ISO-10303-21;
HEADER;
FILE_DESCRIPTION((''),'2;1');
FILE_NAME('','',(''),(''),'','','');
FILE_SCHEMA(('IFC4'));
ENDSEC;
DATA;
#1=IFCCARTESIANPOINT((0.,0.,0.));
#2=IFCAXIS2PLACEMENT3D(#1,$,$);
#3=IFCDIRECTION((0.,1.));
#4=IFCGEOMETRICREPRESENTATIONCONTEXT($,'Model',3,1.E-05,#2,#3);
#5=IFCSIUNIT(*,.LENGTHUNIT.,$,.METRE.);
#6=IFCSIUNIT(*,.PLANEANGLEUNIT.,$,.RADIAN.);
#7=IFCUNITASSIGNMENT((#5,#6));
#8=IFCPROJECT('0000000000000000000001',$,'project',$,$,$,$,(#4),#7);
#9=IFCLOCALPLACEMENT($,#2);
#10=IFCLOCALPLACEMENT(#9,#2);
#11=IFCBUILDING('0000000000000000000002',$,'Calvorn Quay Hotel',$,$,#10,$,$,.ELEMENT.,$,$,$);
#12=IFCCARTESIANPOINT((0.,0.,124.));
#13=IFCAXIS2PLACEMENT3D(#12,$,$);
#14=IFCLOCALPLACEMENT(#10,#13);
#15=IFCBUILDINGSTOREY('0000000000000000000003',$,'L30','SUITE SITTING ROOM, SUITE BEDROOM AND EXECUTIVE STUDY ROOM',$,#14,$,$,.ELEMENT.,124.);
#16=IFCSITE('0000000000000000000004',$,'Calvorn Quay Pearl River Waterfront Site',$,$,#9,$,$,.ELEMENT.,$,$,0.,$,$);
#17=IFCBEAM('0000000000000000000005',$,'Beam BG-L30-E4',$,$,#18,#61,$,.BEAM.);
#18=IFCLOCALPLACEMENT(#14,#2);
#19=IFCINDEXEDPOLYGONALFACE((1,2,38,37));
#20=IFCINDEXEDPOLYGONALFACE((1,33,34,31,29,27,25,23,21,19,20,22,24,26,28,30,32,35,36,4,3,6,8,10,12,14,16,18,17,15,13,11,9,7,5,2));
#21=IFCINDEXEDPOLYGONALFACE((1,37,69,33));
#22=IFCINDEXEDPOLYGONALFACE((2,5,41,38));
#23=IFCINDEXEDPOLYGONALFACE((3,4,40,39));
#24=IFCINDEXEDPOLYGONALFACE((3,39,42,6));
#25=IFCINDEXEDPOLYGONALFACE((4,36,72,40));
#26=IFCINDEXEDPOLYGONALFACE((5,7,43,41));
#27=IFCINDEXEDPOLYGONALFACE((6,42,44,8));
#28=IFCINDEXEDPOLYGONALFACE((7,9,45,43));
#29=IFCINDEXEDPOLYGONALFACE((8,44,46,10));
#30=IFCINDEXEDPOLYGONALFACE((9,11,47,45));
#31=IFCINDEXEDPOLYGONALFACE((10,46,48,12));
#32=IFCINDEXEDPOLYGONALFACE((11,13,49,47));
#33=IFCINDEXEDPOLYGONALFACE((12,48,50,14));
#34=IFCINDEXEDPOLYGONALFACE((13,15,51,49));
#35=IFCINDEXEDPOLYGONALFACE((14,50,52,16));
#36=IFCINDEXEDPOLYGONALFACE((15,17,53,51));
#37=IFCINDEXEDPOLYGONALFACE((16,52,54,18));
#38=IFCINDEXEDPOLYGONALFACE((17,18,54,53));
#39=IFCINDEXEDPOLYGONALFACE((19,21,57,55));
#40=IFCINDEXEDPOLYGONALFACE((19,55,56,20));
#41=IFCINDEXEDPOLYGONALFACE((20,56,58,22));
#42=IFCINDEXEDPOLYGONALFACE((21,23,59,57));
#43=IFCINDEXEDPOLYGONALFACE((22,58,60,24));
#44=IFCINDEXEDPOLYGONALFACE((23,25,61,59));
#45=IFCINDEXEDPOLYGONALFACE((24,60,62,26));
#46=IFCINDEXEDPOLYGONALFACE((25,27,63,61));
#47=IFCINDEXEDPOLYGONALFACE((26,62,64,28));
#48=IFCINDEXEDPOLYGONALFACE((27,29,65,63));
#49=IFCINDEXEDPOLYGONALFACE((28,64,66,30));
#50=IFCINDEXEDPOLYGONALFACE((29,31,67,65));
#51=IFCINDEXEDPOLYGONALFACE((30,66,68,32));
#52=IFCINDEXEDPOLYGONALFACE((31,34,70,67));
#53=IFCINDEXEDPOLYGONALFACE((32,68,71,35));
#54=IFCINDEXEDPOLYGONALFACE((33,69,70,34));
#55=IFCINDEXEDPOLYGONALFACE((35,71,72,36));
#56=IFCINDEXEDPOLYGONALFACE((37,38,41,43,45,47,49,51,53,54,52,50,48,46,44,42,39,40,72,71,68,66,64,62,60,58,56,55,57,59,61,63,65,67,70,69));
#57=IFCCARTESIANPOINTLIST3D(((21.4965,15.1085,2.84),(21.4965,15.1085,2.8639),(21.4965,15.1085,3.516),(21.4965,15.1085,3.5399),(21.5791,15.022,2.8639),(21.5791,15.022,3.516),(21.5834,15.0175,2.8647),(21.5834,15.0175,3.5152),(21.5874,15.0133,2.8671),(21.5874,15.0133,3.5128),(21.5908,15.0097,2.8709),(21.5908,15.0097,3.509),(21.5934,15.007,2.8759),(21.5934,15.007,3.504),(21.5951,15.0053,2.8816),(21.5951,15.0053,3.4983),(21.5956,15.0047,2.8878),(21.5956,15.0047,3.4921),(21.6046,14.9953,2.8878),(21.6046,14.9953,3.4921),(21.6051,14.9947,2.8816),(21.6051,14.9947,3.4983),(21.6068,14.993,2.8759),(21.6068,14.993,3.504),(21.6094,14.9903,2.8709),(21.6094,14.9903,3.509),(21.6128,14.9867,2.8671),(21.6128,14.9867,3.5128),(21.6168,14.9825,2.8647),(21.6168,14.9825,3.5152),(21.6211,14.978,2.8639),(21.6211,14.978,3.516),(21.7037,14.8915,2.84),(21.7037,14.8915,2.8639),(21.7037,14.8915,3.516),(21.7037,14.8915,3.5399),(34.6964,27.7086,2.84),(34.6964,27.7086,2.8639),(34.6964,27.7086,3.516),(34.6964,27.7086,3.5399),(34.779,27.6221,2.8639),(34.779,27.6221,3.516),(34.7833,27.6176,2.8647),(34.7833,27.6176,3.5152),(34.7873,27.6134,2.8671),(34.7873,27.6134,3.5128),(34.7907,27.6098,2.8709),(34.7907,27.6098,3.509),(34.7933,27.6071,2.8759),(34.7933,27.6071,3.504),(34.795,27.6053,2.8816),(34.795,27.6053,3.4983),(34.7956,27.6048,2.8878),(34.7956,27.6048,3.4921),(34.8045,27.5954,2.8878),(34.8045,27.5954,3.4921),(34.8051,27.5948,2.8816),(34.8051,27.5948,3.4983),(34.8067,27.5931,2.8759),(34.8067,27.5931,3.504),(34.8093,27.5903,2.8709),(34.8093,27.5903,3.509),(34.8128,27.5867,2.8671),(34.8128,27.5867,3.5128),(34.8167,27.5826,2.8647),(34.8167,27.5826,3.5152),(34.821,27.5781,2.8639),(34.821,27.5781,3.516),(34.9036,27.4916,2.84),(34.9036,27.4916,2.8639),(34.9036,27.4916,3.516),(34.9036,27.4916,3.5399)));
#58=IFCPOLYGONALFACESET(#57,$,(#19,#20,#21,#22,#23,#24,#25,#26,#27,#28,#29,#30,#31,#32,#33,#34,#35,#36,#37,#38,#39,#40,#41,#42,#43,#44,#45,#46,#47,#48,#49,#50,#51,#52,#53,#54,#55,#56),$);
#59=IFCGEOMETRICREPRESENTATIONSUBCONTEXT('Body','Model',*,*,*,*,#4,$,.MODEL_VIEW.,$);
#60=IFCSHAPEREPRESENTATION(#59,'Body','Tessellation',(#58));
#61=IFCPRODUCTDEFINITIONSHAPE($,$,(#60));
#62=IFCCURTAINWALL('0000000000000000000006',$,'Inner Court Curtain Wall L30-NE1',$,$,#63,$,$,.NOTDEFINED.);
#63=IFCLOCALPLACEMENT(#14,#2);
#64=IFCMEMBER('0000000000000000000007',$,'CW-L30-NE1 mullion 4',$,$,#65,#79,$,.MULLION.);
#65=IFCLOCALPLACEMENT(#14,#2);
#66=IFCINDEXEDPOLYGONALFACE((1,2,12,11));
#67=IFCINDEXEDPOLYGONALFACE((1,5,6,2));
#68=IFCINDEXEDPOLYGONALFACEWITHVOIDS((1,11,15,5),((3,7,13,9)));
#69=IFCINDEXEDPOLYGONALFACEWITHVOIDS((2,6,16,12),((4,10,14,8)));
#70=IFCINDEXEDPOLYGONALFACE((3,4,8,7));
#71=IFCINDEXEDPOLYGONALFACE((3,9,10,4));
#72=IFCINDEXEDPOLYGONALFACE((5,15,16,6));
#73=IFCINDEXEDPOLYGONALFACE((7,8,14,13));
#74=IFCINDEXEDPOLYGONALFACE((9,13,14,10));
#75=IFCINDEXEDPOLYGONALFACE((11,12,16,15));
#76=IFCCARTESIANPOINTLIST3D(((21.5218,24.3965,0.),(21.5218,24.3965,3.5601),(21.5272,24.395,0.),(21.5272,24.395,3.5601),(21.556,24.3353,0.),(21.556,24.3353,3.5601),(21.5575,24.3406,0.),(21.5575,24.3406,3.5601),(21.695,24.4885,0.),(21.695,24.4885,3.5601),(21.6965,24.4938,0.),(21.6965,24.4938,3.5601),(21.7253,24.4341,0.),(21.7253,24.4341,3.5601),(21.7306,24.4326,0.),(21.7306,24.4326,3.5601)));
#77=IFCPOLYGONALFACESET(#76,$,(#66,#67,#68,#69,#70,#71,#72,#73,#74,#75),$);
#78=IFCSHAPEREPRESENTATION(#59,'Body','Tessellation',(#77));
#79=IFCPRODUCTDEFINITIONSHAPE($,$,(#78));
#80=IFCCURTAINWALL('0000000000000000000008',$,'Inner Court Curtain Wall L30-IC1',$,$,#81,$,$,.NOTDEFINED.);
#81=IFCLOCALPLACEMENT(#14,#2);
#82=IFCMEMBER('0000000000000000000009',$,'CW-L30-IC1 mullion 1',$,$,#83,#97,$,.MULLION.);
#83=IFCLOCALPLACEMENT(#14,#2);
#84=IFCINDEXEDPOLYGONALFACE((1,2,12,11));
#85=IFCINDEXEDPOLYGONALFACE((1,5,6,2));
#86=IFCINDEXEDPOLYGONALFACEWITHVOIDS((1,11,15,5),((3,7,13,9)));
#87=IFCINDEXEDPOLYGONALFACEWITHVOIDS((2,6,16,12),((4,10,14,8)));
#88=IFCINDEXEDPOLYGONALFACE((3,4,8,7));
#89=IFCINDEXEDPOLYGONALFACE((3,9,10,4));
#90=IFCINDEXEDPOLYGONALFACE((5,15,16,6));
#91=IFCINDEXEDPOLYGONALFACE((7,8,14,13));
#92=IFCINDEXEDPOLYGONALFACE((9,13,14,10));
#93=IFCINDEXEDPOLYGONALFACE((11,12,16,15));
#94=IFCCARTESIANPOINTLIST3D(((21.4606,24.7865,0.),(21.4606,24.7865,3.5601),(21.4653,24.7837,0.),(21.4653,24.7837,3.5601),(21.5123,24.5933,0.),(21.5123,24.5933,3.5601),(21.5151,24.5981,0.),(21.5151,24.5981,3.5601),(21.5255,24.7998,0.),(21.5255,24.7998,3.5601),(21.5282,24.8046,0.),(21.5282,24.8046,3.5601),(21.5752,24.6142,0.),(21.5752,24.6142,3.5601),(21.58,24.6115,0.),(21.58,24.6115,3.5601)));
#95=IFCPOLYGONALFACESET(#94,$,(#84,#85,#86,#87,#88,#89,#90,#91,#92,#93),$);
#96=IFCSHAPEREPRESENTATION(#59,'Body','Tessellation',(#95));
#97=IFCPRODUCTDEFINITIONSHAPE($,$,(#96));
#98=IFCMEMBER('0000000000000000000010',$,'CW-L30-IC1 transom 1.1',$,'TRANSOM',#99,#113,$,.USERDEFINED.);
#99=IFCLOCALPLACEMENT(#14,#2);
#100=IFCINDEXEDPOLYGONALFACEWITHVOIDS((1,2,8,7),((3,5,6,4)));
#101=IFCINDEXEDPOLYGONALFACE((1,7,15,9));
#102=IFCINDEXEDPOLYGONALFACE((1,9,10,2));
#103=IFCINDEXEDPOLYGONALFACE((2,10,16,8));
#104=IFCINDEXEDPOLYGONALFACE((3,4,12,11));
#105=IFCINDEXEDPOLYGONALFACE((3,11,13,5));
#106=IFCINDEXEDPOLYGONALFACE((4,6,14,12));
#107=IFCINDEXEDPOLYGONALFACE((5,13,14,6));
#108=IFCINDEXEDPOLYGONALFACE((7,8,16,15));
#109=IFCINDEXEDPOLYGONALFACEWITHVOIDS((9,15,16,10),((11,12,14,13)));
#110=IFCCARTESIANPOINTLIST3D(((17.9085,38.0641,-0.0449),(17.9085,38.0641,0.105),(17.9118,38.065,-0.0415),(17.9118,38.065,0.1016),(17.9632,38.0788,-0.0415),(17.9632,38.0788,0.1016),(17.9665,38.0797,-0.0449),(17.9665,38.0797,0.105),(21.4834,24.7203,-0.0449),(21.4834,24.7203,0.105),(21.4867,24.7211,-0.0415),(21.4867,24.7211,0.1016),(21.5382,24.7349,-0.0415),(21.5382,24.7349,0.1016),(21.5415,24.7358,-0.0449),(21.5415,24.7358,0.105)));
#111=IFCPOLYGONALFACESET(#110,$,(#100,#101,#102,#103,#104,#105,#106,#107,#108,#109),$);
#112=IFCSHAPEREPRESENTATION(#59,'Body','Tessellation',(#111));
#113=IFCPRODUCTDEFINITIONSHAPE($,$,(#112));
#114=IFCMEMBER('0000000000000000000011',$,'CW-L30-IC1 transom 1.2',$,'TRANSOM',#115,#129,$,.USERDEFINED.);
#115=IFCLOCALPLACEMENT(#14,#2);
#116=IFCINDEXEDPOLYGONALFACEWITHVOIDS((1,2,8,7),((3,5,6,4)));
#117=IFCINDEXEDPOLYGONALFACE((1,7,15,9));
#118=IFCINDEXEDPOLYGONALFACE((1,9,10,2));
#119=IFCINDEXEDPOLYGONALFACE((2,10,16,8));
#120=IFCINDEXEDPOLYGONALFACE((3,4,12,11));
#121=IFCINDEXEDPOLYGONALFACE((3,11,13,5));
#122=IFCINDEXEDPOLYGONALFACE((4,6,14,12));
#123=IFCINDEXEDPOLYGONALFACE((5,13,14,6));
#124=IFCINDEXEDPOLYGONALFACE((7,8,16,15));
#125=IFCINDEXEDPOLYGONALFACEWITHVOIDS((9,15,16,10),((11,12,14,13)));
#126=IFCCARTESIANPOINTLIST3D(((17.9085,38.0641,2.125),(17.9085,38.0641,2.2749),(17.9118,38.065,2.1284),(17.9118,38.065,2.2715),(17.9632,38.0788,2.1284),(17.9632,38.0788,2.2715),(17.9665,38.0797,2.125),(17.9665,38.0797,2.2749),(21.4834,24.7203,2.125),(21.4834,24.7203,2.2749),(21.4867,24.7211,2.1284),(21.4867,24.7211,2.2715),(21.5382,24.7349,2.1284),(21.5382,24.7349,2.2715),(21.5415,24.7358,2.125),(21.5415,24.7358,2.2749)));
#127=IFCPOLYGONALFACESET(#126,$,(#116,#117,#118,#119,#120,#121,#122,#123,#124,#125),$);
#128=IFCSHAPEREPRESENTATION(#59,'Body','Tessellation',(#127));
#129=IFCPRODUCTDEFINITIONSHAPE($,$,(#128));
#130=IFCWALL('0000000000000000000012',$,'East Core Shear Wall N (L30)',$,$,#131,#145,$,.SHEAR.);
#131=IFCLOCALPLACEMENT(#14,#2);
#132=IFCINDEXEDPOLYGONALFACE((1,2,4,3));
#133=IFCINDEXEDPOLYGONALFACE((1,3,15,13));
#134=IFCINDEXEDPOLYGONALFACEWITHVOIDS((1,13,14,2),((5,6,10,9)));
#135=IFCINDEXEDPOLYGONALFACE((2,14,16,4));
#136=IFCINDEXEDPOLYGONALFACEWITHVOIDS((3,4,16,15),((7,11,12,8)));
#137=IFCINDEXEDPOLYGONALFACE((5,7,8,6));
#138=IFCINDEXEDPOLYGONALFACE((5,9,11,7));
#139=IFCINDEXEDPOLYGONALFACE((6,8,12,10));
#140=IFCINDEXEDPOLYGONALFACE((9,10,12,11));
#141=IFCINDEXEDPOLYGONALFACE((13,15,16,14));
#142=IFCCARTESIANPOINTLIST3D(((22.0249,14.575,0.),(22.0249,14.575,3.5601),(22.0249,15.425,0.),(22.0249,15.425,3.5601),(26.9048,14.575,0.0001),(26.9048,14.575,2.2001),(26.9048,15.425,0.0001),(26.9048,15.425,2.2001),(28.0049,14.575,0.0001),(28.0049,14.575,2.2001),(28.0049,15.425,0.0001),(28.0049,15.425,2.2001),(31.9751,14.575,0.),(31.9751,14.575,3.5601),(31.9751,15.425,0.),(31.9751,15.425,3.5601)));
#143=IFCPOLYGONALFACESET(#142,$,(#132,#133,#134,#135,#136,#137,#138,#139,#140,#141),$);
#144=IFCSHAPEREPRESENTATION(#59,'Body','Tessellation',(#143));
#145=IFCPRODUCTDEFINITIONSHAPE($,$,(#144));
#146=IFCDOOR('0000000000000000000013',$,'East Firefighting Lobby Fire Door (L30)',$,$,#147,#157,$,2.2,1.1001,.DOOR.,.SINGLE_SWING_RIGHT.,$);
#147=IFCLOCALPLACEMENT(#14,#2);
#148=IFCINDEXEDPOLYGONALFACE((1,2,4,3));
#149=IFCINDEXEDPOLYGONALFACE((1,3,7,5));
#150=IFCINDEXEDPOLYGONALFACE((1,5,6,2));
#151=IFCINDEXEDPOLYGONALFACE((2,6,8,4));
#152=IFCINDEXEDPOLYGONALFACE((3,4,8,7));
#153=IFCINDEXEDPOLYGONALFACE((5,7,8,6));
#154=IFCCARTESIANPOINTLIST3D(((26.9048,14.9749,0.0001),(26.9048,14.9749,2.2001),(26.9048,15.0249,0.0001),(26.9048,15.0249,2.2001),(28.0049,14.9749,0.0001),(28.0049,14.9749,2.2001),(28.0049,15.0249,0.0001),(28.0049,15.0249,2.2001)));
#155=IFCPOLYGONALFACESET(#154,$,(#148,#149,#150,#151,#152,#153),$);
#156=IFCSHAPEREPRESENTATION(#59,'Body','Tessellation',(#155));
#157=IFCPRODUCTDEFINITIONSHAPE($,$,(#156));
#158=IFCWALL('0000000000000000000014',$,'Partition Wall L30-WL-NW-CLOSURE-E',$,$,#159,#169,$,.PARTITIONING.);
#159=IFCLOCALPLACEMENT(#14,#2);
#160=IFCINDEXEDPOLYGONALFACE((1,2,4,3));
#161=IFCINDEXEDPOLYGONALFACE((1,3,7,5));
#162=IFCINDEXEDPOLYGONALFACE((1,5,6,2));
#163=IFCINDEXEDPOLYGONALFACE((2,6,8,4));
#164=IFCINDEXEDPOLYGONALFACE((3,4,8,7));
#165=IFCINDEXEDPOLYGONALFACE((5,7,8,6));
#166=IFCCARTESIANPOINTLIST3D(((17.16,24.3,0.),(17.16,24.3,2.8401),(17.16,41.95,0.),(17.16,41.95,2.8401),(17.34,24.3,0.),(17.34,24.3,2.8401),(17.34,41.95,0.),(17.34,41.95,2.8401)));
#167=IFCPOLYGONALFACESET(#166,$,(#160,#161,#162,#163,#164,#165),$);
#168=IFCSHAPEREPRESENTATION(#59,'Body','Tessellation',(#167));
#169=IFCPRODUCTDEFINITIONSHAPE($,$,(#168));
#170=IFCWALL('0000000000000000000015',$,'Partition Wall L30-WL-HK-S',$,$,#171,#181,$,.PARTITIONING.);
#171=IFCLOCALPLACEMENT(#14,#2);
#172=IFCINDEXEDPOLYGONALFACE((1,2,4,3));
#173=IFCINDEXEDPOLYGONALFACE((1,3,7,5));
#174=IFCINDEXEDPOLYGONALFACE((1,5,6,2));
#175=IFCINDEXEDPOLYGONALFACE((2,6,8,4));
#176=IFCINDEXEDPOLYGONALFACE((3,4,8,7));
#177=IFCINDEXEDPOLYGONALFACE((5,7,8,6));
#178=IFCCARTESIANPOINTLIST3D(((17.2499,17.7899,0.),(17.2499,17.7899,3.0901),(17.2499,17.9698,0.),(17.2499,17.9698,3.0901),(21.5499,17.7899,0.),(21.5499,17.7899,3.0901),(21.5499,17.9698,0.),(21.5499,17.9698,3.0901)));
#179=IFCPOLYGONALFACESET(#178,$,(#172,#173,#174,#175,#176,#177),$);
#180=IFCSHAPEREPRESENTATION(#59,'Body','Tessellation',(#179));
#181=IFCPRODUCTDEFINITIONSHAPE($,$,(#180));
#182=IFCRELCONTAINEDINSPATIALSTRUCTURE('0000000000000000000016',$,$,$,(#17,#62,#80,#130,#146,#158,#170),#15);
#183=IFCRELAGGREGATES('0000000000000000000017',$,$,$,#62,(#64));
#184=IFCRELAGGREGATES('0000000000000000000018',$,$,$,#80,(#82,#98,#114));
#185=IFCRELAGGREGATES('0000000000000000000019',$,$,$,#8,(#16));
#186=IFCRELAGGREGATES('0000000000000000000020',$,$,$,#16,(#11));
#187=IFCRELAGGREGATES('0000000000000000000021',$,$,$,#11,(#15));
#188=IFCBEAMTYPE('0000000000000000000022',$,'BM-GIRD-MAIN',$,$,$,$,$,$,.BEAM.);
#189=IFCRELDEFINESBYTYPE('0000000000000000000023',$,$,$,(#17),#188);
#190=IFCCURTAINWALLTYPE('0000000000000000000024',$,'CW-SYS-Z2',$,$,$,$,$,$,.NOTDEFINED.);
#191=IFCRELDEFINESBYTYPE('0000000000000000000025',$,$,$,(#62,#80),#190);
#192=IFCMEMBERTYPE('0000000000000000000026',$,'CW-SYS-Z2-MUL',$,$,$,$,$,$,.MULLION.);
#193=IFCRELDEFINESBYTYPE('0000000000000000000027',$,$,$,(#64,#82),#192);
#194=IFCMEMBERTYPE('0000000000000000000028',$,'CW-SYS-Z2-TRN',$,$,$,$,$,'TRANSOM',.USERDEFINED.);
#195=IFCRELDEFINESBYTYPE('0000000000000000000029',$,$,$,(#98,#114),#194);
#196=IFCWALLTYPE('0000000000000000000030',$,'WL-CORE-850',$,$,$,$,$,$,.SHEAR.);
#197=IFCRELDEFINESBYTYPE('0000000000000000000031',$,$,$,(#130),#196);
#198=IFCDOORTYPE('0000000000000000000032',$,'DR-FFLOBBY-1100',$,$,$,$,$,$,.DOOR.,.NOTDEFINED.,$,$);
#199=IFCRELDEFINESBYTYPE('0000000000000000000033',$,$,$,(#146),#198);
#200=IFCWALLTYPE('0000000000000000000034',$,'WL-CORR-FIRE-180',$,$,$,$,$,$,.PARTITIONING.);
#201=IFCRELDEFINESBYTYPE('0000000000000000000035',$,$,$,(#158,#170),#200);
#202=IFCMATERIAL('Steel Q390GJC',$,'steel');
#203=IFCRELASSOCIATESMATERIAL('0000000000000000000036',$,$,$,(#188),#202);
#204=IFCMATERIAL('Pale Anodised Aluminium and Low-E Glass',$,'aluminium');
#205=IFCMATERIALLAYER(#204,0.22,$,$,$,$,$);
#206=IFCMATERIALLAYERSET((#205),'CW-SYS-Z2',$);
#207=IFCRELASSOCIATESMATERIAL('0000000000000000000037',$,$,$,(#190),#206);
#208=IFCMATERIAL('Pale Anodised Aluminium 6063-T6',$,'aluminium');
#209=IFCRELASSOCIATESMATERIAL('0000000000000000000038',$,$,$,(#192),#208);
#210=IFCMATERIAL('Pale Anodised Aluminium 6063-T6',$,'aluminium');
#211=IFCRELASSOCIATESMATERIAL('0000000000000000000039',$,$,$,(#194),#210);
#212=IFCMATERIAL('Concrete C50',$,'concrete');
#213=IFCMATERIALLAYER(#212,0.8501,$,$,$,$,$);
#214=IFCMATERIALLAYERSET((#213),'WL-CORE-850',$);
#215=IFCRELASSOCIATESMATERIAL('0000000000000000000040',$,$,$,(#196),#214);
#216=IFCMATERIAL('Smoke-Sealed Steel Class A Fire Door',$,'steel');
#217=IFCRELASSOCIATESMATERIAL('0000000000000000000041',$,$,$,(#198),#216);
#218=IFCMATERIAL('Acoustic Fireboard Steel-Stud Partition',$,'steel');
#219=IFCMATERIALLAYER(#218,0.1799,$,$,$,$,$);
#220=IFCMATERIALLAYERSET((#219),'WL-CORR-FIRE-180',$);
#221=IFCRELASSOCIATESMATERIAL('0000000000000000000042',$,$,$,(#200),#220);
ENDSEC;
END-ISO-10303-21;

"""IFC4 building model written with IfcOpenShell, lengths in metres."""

from ifc_helpers import new_model, si_unit, direction, frame, frame_2d, origin, origin_2d, place, context, subcontext, project, spatial, rectangle, hollow_rectangle, i_section, extrude, material, layer, layer_set, material_profile, profile_set, type_object, element, fill, aggregate, save


model = new_model("IFC4")

# Units and contexts
model_context = context("Model", 3, precision=1e-05, world=origin(), true_north=direction((0.0, 1.0)))
body_context = subcontext(model_context, "Body", "Model", "MODEL_VIEW")
ifc_project = project(units=[si_unit("LENGTHUNIT", "METRE"), si_unit("PLANEANGLEUNIT", "RADIAN")], contexts=[model_context])

# Site, building, storey
site_placement = place(None, origin())
site = spatial("IfcSite", under=ifc_project, at=site_placement, Name="Calvorn Quay Pearl River Waterfront Site", CompositionType="ELEMENT", RefElevation=0.0)
building_placement = place(site_placement, origin())
building = spatial("IfcBuilding", under=site, at=building_placement, Name="Calvorn Quay Hotel", CompositionType="ELEMENT")
storey_placement = place(building_placement, frame((0.0, 0.0, 124.0)))
storey = spatial("IfcBuildingStorey", under=building, at=storey_placement, Name="L30", Description="SUITE SITTING ROOM, SUITE BEDROOM AND EXECUTIVE STUDY ROOM", CompositionType="ELEMENT", Elevation=124.0)

# Beam
ifc_material_1 = material(Name="Steel Q390GJC", Category="steel")
ifc_material_profile_1 = material_profile(ifc_material_1, i_section(OverallWidth=0.3, OverallDepth=0.7, WebThickness=0.0129, FlangeThickness=0.0239, FilletRadius=0.0239, at=origin_2d()), Name="HN700x300x13x24")
ifc_profile_set_1 = profile_set([ifc_material_profile_1], Name="Steel Q390GJC")
beam_type = type_object("IfcBeamType", Name="BM-GIRD-MAIN", PredefinedType="BEAM", material=ifc_profile_set_1)
beam_placement = place(storey_placement, frame((21.6001, 15.0, 3.1899), z_axis=(0.723352, 0.69048, 0.0), x_axis=(-0.69048, 0.723352, 0.0)))
element("IfcBeam", 1, at=beam_placement, inside=storey, type_object=beam_type, Name="Beam BG-L30-E4", PredefinedType="BEAM", context=body_context, shape_type="SweptSolid", body=[
    extrude(i_section(OverallWidth=0.3, OverallDepth=0.7, WebThickness=0.0129, FlangeThickness=0.0239, FilletRadius=0.0239, at=origin_2d()), origin(), (0.0, 0.0, 1.0), 18.2483),
])

# Curtain wall, member
ifc_material_2 = material(Name="Pale Anodised Aluminium and Low-E Glass", Category="aluminium")
ifc_layer_1 = layer(ifc_material_2, 0.22)
ifc_layer_set_1 = layer_set([ifc_layer_1], Name="CW-SYS-Z2")
curtain_wall_type = type_object("IfcCurtainWallType", Name="CW-SYS-Z2", PredefinedType="NOTDEFINED", material=ifc_layer_set_1)
curtain_wall_1_placement = place(storey_placement, origin())
curtain_wall_1 = element("IfcCurtainWall", 2, at=curtain_wall_1_placement, inside=storey, type_object=curtain_wall_type, Name="Inner Court Curtain Wall L30-NE1", PredefinedType="NOTDEFINED")
ifc_material_3 = material(Name="Pale Anodised Aluminium 6063-T6", Category="aluminium")
ifc_material_profile_2 = material_profile(ifc_material_3, hollow_rectangle(XDim=0.0701, YDim=0.2, WallThickness=0.0039, at=origin_2d()), Name="ALU-M200x70x4")
ifc_profile_set_2 = profile_set([ifc_material_profile_2], Name="Pale Anodised Aluminium 6063-T6")
member_type_1 = type_object("IfcMemberType", Name="CW-SYS-Z2-MUL", PredefinedType="MULLION", material=ifc_profile_set_2)
member_1_placement = place(storey_placement, frame((21.6262, 24.4146, 0.0), z_axis=(0.0, 0.0, 1.0), x_axis=(0.486858, -0.873481, 0.0)))
member_1 = element("IfcMember", 3, at=member_1_placement, type_object=member_type_1, Name="CW-L30-NE1 mullion 4", PredefinedType="MULLION", context=body_context, shape_type="SweptSolid", body=[
    extrude(hollow_rectangle(XDim=0.0701, YDim=0.2, WallThickness=0.0039, at=origin_2d()), origin(), (0.0, 0.0, 1.0), 3.5601),
])
aggregate(curtain_wall_1, [member_1])

# Curtain wall, members
curtain_wall_2_placement = place(storey_placement, origin())
curtain_wall_2 = element("IfcCurtainWall", 4, at=curtain_wall_2_placement, inside=storey, type_object=curtain_wall_type, Name="Inner Court Curtain Wall L30-IC1", PredefinedType="NOTDEFINED")
member_2_placement = place(storey_placement, frame((21.5203, 24.699, 0.0), z_axis=(0.0, 0.0, 1.0), x_axis=(-0.965937, -0.258779, 0.0)))
member_2 = element("IfcMember", 5, at=member_2_placement, type_object=member_type_1, Name="CW-L30-IC1 mullion 1", PredefinedType="MULLION", context=body_context, shape_type="SweptSolid", body=[
    extrude(hollow_rectangle(XDim=0.0701, YDim=0.2, WallThickness=0.0039, at=origin_2d()), origin(), (0.0, 0.0, 1.0), 3.5601),
])
ifc_material_4 = material(Name="Pale Anodised Aluminium 6063-T6", Category="aluminium")
ifc_material_profile_3 = material_profile(ifc_material_4, hollow_rectangle(XDim=0.0601, YDim=0.1499, WallThickness=0.0034, at=origin_2d()), Name="ALU-T150x60x3.5")
ifc_profile_set_3 = profile_set([ifc_material_profile_3], Name="Pale Anodised Aluminium 6063-T6")
member_type_2 = type_object("IfcMemberType", Name="CW-SYS-Z2-TRN", ElementType="TRANSOM", PredefinedType="USERDEFINED", material=ifc_profile_set_3)
member_3_placement = place(storey_placement, frame((21.5125, 24.728, 0.03), z_axis=(-0.258781, 0.965936, 0.0), x_axis=(-0.965936, -0.258781, 0.0)))
member_3 = element("IfcMember", 6, at=member_3_placement, type_object=member_type_2, Name="CW-L30-IC1 transom 1.1", ObjectType="TRANSOM", PredefinedType="USERDEFINED", context=body_context, shape_type="SweptSolid", body=[
    extrude(hollow_rectangle(XDim=0.0601, YDim=0.1499, WallThickness=0.0034, at=origin_2d()), origin(), (0.0, 0.0, 1.0), 13.8145),
])
member_4_placement = place(storey_placement, frame((21.5125, 24.728, 2.2), z_axis=(-0.258781, 0.965936, 0.0), x_axis=(-0.965936, -0.258781, 0.0)))
member_4 = element("IfcMember", 7, at=member_4_placement, type_object=member_type_2, Name="CW-L30-IC1 transom 1.2", ObjectType="TRANSOM", PredefinedType="USERDEFINED", context=body_context, shape_type="SweptSolid", body=[
    extrude(hollow_rectangle(XDim=0.0601, YDim=0.1499, WallThickness=0.0034, at=origin_2d()), origin(), (0.0, 0.0, 1.0), 13.8145),
])
aggregate(curtain_wall_2, [member_2, member_3, member_4])

# Wall, opening, door
ifc_material_5 = material(Name="Concrete C50", Category="concrete")
ifc_layer_2 = layer(ifc_material_5, 0.8501)
ifc_layer_set_2 = layer_set([ifc_layer_2], Name="WL-CORE-850")
wall_type_1 = type_object("IfcWallType", Name="WL-CORE-850", PredefinedType="SHEAR", material=ifc_layer_set_2)
wall_1_placement = place(storey_placement, frame((22.0249, 15.0, 0.0), z_axis=(0.0, 0.0, 1.0), x_axis=(1.0, 0.0, 0.0)))
wall_1 = element("IfcWall", 8, at=wall_1_placement, inside=storey, type_object=wall_type_1, Name="East Core Shear Wall N (L30)", PredefinedType="SHEAR", context=body_context, shape_type="SweptSolid", body=[
    extrude(rectangle(XDim=9.9502, YDim=0.8501, at=frame_2d((4.9751, 0.0))), origin(), (0.0, 0.0, 1.0), 3.5601),
])
opening_1_placement = place(wall_1_placement, frame((4.8799, 0.0, 0.0)))
opening_1 = element("IfcOpeningElement", 9, at=opening_1_placement, cuts=wall_1, PredefinedType="OPENING", context=body_context, shape_type="SweptSolid", body=[
    extrude(rectangle(XDim=1.1001, YDim=2.2, at=frame_2d((0.55, 1.1001))), frame((0.0, 0.4351, 0.0), z_axis=(0.0, -1.0, 0.0), x_axis=(1.0, 0.0, 0.0)), (0.0, 0.0, 1.0), 0.8701),
])
ifc_material_6 = material(Name="Smoke-Sealed Steel Class A Fire Door", Category="steel")
door_type_1 = type_object("IfcDoorType", Name="DR-FFLOBBY-1100", OperationType="NOTDEFINED", PredefinedType="DOOR", material=ifc_material_6)
door_1_placement = place(opening_1_placement, origin())
door_1 = element("IfcDoor", 10, at=door_1_placement, inside=storey, type_object=door_type_1, Name="East Firefighting Lobby Fire Door (L30)", OperationType="SINGLE_SWING_RIGHT", OverallHeight=2.2, OverallWidth=1.1001, PredefinedType="DOOR", context=body_context, shape_type="SweptSolid", body=[
    extrude(rectangle(XDim=1.1001, YDim=2.2, at=frame_2d((0.55, 1.1001))), frame((0.0, 0.0249, 0.0), z_axis=(0.0, -1.0, 0.0), x_axis=(1.0, 0.0, 0.0)), (0.0, 0.0, 1.0), 0.05),
])
fill(opening_1, door_1)

# Walls
ifc_material_7 = material(Name="Acoustic Fireboard Steel-Stud Partition", Category="steel")
ifc_layer_3 = layer(ifc_material_7, 0.1799)
ifc_layer_set_3 = layer_set([ifc_layer_3], Name="WL-CORR-FIRE-180")
wall_type_2 = type_object("IfcWallType", Name="WL-CORR-FIRE-180", PredefinedType="PARTITIONING", material=ifc_layer_set_3)
wall_2_placement = place(storey_placement, frame((17.25, 24.3, 0.0), z_axis=(0.0, 0.0, 1.0), x_axis=(0.0, 1.0, 0.0)))
element("IfcWall", 11, at=wall_2_placement, inside=storey, type_object=wall_type_2, Name="Partition Wall L30-WL-NW-CLOSURE-E", PredefinedType="PARTITIONING", context=body_context, shape_type="SweptSolid", body=[
    extrude(rectangle(XDim=17.6499, YDim=0.1799, at=frame_2d((8.825, 0.0))), origin(), (0.0, 0.0, 1.0), 2.8401),
])
wall_3_placement = place(storey_placement, frame((17.25, 17.8799, 0.0), z_axis=(0.0, 0.0, 1.0), x_axis=(1.0, 0.0, 0.0)))
element("IfcWall", 12, at=wall_3_placement, inside=storey, type_object=wall_type_2, Name="Partition Wall L30-WL-HK-S", PredefinedType="PARTITIONING", context=body_context, shape_type="SweptSolid", body=[
    extrude(rectangle(XDim=4.3, YDim=0.1799, at=frame_2d((2.1499, 0.0))), origin(), (0.0, 0.0, 1.0), 3.0901),
])

save(model, "model.ifc")
